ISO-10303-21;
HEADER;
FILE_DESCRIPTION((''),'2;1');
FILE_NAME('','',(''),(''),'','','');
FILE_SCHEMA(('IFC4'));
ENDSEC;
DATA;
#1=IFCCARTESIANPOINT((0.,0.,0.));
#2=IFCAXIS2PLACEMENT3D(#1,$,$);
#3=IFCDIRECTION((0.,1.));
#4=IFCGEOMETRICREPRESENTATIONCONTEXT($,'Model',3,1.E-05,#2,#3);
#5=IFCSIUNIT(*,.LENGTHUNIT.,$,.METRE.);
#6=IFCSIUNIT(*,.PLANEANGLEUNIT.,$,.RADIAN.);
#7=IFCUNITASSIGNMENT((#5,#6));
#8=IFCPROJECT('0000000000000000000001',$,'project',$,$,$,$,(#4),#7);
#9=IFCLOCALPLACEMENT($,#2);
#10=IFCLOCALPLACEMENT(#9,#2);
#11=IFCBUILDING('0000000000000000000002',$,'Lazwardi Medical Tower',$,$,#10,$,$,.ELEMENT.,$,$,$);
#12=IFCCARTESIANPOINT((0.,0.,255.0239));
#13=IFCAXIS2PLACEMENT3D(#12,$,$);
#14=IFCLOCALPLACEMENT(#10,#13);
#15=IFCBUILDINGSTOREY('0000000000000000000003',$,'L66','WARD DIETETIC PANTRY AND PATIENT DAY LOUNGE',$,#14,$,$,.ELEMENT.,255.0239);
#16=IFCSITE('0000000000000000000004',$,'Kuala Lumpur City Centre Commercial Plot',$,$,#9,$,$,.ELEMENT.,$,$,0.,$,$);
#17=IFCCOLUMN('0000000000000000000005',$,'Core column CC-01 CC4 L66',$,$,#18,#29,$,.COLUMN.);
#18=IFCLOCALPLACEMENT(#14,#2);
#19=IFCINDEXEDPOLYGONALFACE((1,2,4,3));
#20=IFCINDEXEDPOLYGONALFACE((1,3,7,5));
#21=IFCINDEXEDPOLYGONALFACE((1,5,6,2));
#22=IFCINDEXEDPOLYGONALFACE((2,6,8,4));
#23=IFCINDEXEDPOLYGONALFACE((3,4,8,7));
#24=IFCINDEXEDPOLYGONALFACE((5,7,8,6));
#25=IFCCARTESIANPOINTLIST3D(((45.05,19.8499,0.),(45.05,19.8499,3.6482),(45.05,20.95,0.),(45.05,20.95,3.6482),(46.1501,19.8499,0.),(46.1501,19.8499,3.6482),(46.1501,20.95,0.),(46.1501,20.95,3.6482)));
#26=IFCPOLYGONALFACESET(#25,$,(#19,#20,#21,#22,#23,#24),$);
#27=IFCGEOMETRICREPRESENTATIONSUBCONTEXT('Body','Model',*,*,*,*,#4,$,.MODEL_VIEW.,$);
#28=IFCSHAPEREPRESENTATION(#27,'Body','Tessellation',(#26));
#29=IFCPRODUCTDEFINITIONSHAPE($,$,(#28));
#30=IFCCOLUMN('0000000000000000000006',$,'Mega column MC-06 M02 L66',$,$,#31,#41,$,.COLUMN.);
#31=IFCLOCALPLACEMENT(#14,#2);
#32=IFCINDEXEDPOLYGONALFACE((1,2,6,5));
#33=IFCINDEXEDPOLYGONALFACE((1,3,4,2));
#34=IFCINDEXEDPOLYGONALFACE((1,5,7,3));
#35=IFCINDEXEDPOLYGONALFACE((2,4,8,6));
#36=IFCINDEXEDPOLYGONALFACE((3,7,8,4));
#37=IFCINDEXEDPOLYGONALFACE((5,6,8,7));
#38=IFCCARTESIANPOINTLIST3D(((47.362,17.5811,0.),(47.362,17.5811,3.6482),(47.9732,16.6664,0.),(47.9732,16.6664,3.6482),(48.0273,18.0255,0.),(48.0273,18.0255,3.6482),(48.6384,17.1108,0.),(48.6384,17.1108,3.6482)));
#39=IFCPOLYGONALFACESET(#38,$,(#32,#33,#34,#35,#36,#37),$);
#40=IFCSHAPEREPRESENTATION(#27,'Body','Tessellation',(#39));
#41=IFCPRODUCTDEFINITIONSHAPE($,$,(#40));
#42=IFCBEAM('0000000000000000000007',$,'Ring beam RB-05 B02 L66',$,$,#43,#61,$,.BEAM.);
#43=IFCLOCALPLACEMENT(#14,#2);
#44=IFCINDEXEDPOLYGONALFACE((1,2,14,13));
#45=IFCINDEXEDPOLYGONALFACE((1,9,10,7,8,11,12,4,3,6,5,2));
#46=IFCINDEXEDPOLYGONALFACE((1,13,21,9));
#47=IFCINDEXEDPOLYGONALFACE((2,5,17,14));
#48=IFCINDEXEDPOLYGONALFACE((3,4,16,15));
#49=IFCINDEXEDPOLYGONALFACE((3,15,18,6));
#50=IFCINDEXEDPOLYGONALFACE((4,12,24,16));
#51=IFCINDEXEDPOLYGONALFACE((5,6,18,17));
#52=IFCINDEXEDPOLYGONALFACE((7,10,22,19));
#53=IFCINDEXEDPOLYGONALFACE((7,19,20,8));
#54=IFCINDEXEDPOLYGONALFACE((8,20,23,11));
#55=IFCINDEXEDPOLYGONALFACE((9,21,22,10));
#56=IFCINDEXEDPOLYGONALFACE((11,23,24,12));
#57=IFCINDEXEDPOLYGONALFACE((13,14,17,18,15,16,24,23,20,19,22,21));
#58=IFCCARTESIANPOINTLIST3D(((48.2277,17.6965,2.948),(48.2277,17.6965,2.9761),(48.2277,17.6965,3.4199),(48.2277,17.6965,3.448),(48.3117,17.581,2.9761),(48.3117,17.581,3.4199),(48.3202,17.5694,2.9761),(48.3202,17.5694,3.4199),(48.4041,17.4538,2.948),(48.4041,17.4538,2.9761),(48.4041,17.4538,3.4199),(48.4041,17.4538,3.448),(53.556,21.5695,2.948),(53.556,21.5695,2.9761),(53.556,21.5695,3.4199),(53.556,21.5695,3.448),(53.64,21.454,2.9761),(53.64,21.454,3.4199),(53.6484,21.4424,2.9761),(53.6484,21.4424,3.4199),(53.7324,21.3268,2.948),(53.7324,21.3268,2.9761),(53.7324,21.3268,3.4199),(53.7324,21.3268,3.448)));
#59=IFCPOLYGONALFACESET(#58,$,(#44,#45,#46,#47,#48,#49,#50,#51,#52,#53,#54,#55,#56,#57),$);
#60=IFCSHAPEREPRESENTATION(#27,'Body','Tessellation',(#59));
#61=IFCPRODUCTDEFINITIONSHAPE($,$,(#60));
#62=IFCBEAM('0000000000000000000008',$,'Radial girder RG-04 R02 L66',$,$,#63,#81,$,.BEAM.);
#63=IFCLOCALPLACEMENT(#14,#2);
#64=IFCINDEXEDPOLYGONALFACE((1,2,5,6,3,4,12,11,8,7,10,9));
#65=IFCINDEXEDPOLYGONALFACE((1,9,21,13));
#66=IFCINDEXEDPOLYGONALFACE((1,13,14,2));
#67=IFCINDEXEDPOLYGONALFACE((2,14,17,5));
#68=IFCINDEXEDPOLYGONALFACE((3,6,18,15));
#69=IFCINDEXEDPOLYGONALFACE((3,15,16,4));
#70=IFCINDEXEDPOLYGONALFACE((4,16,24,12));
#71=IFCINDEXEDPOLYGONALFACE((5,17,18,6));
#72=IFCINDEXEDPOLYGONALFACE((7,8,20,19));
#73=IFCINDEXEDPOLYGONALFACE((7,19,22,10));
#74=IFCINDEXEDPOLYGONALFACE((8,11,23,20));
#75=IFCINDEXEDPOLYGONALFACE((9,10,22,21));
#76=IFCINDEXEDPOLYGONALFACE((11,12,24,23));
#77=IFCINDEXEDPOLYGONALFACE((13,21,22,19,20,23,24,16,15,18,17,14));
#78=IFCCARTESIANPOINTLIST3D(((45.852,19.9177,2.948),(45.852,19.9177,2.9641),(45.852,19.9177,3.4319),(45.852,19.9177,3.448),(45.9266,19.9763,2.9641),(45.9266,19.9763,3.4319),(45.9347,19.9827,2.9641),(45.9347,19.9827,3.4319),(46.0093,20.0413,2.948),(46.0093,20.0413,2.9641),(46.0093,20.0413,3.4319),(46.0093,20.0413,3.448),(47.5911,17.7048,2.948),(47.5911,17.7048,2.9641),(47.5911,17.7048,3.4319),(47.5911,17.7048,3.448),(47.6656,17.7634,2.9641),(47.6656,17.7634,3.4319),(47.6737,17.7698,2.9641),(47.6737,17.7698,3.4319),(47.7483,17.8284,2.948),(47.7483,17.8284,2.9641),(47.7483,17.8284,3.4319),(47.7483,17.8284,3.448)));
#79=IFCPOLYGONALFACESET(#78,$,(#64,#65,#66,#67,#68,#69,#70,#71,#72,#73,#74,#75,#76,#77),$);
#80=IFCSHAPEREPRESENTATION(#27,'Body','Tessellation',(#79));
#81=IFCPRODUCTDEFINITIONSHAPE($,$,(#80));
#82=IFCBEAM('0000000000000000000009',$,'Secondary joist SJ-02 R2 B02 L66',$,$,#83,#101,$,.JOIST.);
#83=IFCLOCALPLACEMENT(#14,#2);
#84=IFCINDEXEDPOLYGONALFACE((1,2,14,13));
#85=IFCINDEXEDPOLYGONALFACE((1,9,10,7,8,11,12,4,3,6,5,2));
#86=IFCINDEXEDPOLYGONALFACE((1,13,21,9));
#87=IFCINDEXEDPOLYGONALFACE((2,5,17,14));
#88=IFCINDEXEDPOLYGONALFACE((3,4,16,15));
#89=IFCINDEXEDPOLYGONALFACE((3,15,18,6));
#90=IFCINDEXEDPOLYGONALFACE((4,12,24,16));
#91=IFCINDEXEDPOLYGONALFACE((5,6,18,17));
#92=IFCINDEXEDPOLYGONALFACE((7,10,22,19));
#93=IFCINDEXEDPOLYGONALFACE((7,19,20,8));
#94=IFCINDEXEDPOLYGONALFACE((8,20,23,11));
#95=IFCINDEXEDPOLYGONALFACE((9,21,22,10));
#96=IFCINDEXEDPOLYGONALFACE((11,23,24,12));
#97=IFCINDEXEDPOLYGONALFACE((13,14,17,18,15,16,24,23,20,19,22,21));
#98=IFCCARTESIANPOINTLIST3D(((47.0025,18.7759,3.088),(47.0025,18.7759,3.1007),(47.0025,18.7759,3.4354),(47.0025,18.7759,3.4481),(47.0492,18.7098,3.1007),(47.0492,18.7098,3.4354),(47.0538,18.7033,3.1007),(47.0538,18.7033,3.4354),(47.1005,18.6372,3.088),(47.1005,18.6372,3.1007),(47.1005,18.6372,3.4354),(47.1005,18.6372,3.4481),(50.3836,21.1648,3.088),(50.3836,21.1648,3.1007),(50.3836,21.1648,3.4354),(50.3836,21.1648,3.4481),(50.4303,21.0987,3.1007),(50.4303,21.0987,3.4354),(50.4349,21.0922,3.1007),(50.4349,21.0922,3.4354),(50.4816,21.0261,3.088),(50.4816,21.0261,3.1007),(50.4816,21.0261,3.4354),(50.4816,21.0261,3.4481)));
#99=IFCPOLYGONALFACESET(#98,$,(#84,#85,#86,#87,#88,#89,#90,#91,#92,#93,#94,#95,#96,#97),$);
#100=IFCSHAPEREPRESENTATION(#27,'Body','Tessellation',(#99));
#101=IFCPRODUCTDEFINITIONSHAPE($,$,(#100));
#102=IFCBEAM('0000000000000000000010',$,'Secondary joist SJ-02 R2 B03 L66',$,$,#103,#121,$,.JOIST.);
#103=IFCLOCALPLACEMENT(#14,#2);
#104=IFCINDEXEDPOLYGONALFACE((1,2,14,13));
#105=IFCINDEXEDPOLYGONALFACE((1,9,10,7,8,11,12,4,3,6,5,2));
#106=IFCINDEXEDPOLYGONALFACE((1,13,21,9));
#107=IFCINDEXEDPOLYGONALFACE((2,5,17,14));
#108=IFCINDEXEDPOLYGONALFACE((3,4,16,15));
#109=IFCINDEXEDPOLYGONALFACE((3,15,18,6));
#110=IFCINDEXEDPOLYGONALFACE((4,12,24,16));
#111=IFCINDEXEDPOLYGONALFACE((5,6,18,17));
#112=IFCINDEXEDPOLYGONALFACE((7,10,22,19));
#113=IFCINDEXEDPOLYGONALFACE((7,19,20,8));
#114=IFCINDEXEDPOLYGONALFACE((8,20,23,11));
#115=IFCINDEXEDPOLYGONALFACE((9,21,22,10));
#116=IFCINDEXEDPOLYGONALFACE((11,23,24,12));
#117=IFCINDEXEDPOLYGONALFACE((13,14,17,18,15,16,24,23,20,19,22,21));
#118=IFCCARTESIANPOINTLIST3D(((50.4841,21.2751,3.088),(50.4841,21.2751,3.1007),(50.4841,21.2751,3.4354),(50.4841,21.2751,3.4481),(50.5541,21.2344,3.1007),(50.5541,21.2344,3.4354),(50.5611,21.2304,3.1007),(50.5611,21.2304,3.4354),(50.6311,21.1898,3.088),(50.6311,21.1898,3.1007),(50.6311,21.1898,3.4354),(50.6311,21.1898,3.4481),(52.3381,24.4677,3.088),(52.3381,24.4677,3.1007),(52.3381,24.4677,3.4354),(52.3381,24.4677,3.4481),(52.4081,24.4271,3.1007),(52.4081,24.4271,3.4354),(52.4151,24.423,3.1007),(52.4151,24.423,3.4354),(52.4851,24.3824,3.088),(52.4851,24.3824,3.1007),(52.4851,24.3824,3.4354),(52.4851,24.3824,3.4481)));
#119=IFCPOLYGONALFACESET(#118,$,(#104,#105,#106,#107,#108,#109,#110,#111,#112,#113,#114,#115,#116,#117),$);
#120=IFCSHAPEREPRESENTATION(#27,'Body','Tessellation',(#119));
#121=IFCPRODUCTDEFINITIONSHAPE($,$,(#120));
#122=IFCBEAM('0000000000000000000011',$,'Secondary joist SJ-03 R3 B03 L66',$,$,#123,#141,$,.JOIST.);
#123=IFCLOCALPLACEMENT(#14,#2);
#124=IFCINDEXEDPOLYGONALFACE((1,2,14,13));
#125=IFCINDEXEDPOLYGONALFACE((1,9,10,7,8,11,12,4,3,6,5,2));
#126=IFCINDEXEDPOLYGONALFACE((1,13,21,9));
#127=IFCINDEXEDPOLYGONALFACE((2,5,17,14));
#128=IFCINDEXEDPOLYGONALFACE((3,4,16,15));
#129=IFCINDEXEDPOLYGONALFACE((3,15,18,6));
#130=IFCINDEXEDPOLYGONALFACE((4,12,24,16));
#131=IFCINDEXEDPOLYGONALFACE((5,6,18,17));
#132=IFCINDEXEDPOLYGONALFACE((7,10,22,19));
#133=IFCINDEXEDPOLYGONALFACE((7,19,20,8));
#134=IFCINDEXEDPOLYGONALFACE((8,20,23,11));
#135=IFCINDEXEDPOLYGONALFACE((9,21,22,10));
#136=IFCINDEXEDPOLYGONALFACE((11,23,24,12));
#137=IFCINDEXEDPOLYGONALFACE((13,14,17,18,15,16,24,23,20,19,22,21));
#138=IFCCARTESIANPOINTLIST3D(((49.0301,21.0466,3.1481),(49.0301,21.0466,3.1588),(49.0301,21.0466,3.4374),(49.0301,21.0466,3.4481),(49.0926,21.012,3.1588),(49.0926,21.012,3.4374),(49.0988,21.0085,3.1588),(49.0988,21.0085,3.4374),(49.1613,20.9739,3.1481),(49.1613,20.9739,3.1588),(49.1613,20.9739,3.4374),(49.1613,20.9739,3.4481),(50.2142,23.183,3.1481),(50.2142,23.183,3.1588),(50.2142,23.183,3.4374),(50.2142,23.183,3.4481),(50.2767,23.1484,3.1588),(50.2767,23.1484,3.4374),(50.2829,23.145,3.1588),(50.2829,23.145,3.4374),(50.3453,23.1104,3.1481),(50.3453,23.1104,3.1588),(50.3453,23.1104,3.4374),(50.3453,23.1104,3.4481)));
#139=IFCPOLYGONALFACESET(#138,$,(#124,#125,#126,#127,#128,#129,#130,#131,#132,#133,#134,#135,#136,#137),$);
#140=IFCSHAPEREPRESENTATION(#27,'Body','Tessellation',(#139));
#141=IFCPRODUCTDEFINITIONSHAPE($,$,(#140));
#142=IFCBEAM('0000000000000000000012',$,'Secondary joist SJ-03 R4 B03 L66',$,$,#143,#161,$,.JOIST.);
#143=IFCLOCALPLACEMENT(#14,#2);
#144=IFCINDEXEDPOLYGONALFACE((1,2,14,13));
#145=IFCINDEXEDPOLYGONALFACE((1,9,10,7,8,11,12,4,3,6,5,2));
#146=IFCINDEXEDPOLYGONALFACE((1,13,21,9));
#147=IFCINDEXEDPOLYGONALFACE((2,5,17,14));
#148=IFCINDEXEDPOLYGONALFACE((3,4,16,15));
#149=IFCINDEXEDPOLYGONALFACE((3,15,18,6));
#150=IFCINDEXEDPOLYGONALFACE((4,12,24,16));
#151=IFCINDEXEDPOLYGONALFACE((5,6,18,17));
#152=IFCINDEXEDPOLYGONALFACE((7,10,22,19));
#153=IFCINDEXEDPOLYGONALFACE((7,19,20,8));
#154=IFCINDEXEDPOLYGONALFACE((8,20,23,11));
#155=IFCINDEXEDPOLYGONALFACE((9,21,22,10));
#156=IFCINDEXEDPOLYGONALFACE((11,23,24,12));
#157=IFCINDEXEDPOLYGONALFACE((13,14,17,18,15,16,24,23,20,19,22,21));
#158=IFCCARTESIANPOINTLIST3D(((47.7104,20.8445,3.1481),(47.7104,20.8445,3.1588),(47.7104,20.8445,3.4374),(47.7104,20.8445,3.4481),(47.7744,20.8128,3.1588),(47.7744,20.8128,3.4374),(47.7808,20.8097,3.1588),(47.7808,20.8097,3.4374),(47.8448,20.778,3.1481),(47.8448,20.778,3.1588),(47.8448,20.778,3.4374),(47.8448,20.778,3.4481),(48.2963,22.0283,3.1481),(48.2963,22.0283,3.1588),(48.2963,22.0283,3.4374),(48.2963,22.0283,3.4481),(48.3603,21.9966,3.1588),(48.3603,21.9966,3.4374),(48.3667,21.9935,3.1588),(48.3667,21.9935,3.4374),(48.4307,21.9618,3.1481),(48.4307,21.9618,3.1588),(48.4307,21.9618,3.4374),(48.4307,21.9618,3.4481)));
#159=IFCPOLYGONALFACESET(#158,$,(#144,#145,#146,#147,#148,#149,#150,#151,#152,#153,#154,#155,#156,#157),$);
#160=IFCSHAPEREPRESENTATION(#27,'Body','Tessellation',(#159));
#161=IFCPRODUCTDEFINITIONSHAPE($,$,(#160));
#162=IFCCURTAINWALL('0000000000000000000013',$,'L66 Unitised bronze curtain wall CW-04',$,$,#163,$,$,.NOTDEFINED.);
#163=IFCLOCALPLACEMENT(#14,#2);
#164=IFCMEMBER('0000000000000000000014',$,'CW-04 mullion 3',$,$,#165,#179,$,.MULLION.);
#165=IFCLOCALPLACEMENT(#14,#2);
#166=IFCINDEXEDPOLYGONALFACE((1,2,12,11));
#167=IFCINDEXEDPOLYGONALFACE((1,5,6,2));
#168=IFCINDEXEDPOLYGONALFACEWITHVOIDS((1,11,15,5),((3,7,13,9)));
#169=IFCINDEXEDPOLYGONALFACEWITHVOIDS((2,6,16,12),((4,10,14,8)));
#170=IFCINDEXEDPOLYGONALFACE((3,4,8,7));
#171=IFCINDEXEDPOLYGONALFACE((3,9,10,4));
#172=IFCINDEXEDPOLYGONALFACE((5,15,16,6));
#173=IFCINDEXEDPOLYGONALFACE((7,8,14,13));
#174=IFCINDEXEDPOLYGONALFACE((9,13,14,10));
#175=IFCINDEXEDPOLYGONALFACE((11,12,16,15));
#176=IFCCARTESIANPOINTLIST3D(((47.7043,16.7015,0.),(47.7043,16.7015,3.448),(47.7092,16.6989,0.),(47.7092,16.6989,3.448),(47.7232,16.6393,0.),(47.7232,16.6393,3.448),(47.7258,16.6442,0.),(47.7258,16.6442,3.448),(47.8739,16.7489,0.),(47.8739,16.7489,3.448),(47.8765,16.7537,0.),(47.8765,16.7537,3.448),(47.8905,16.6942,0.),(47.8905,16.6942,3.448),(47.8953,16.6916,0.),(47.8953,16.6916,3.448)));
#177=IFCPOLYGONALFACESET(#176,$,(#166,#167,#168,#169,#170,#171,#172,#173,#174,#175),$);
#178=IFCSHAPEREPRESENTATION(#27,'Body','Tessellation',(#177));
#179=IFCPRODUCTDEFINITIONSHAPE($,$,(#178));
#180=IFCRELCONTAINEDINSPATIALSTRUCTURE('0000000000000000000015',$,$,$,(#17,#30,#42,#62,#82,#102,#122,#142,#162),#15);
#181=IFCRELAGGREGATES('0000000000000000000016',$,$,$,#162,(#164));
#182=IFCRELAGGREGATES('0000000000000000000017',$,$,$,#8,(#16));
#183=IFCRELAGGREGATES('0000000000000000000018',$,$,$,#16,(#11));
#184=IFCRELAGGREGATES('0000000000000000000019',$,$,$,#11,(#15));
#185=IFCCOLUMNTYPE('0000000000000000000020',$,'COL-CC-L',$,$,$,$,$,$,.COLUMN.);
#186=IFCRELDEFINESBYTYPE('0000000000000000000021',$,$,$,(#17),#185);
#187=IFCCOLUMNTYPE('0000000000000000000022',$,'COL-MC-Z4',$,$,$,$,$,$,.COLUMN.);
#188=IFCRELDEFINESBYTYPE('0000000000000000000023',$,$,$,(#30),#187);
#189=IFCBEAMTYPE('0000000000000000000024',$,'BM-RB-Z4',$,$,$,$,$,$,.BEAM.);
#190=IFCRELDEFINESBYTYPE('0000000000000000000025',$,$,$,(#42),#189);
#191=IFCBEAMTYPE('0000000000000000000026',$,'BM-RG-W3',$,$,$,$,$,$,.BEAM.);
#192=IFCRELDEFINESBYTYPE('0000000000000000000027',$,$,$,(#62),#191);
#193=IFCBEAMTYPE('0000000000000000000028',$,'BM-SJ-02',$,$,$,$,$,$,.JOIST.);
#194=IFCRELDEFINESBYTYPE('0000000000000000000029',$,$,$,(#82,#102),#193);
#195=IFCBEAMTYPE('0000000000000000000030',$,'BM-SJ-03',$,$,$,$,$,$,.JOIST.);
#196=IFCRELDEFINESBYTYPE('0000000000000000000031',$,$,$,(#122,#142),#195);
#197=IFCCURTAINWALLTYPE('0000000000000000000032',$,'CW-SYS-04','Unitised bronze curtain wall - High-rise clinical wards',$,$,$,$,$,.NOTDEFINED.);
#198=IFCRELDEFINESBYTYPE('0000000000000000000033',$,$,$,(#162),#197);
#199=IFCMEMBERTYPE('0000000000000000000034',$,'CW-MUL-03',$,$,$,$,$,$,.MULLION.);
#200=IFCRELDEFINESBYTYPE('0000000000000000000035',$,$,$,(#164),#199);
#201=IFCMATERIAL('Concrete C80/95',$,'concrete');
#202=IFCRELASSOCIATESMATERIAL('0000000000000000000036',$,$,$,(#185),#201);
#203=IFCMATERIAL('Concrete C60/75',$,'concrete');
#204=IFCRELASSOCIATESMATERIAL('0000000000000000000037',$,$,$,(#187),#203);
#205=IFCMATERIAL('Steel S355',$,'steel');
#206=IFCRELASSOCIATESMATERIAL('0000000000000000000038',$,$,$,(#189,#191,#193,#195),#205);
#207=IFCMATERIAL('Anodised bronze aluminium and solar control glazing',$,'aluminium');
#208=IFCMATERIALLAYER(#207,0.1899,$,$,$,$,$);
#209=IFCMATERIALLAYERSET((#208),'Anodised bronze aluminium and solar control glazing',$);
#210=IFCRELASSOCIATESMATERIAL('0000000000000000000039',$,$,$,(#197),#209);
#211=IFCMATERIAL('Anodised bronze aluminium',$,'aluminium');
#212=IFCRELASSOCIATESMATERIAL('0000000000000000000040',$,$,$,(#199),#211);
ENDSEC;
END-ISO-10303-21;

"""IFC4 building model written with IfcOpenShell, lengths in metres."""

from ifc_helpers import new_model, si_unit, direction, frame, origin, origin_2d, place, context, subcontext, project, spatial, rectangle, hollow_rectangle, i_section, extrude, material, layer, layer_set, material_profile, profile_set, type_object, element, aggregate, save


model = new_model("IFC4")

# Units and contexts
model_context = context("Model", 3, precision=1e-05, world=origin(), true_north=direction((0.0, 1.0)))
body_context = subcontext(model_context, "Body", "Model", "MODEL_VIEW")
ifc_project = project(units=[si_unit("LENGTHUNIT", "METRE"), si_unit("PLANEANGLEUNIT", "RADIAN")], contexts=[model_context])

# Site, building, storey
site_placement = place(None, origin())
site = spatial("IfcSite", under=ifc_project, at=site_placement, Name="Kuala Lumpur City Centre Commercial Plot", CompositionType="ELEMENT", RefElevation=0.0)
building_placement = place(site_placement, origin())
building = spatial("IfcBuilding", under=site, at=building_placement, Name="Lazwardi Medical Tower", CompositionType="ELEMENT")
storey_placement = place(building_placement, frame((0.0, 0.0, 255.0239)))
storey = spatial("IfcBuildingStorey", under=building, at=storey_placement, Name="L66", Description="WARD DIETETIC PANTRY AND PATIENT DAY LOUNGE", CompositionType="ELEMENT", Elevation=255.0239)

# Columns
ifc_material_1 = material(Name="Concrete C80/95", Category="concrete")
ifc_material_profile_1 = material_profile(ifc_material_1, rectangle(XDim=1.1001, YDim=1.1001, at=origin_2d()), Name="RC 1100x1100")
ifc_profile_set_1 = profile_set([ifc_material_profile_1], Name="Concrete C80/95")
column_type_1 = type_object("IfcColumnType", Name="COL-CC-L", PredefinedType="COLUMN", material=ifc_profile_set_1)
column_1_placement = place(storey_placement, frame((45.6001, 20.3999, 0.0), z_axis=(0.0, 0.0, 1.0), x_axis=(1.0, 0.0, 0.0)))
element("IfcColumn", 1, at=column_1_placement, inside=storey, type_object=column_type_1, Name="Core column CC-01 CC4 L66", PredefinedType="COLUMN", context=body_context, shape_type="SweptSolid", body=[
    extrude(rectangle(XDim=1.1001, YDim=1.1001, at=origin_2d()), origin(), (0.0, 0.0, 1.0), 3.6482),
])
ifc_material_2 = material(Name="Concrete C60/75", Category="concrete")
ifc_material_profile_2 = material_profile(ifc_material_2, rectangle(XDim=1.1001, YDim=0.8, at=origin_2d()), Name="CFT-RECT 1100x800")
ifc_profile_set_2 = profile_set([ifc_material_profile_2], Name="Concrete C60/75")
column_type_2 = type_object("IfcColumnType", Name="COL-MC-Z4", PredefinedType="COLUMN", material=ifc_profile_set_2)
column_2_placement = place(storey_placement, frame((48.0002, 17.3459, 0.0), z_axis=(0.0, 0.0, 1.0), x_axis=(0.55557, -0.83147, 0.0)))
element("IfcColumn", 2, at=column_2_placement, inside=storey, type_object=column_type_2, Name="Mega column MC-06 M02 L66", PredefinedType="COLUMN", context=body_context, shape_type="SweptSolid", body=[
    extrude(rectangle(XDim=1.1001, YDim=0.8, at=origin_2d()), origin(), (0.0, 0.0, 1.0), 3.6482),
])

# Beams
ifc_material_3 = material(Name="Steel S355", Category="steel")
ifc_material_profile_3 = material_profile(ifc_material_3, i_section(OverallWidth=0.3, OverallDepth=0.5, WebThickness=0.0144, FlangeThickness=0.0281, at=origin_2d()), Name="HEB 500")
ifc_profile_set_3 = profile_set([ifc_material_profile_3], Name="Steel S355")
beam_type_1 = type_object("IfcBeamType", Name="BM-RB-Z4", PredefinedType="BEAM", material=ifc_profile_set_3)
beam_1_placement = place(storey_placement, frame((48.3159, 17.5752, 3.198), z_axis=(0.80889, 0.58796, 0.0), x_axis=(-0.58796, 0.80889, 0.0)))
element("IfcBeam", 3, at=beam_1_placement, inside=storey, type_object=beam_type_1, Name="Ring beam RB-05 B02 L66", PredefinedType="BEAM", context=body_context, shape_type="SweptSolid", body=[
    extrude(i_section(OverallWidth=0.3, OverallDepth=0.5, WebThickness=0.0144, FlangeThickness=0.0281, at=origin_2d()), origin(), (0.0, 0.0, 1.0), 6.5872),
])
ifc_material_profile_4 = material_profile(ifc_material_3, i_section(OverallWidth=0.2, OverallDepth=0.5, WebThickness=0.0103, FlangeThickness=0.0161, at=origin_2d()), Name="IPE 500")
ifc_profile_set_4 = profile_set([ifc_material_profile_4], Name="Steel S355")
beam_type_2 = type_object("IfcBeamType", Name="BM-RG-W3", PredefinedType="BEAM", material=ifc_profile_set_4)
beam_2_placement = place(storey_placement, frame((47.6697, 17.7666, 3.198), z_axis=(-0.617891, 0.786264, 0.0), x_axis=(-0.786264, -0.617891, 0.0)))
element("IfcBeam", 4, at=beam_2_placement, inside=storey, type_object=beam_type_2, Name="Radial girder RG-04 R02 L66", PredefinedType="BEAM", context=body_context, shape_type="SweptSolid", body=[
    extrude(i_section(OverallWidth=0.2, OverallDepth=0.5, WebThickness=0.0103, FlangeThickness=0.0161, at=origin_2d()), origin(), (0.0, 0.0, 1.0), 2.8145),
])
ifc_material_profile_5 = material_profile(ifc_material_3, i_section(OverallWidth=0.1699, OverallDepth=0.3601, WebThickness=0.0081, FlangeThickness=0.0127, at=origin_2d()), Name="IPE 360")
ifc_profile_set_5 = profile_set([ifc_material_profile_5], Name="Steel S355")
beam_type_3 = type_object("IfcBeamType", Name="BM-SJ-02", PredefinedType="JOIST", material=ifc_profile_set_5)
beam_3_placement = place(storey_placement, frame((47.0515, 18.7065, 3.2681), z_axis=(0.816711, 0.577047, 0.0), x_axis=(-0.577047, 0.816711, 0.0)))
element("IfcBeam", 5, at=beam_3_placement, inside=storey, type_object=beam_type_3, Name="Secondary joist SJ-02 R2 B02 L66", PredefinedType="JOIST", context=body_context, shape_type="SweptSolid", body=[
    extrude(i_section(OverallWidth=0.1699, OverallDepth=0.3601, WebThickness=0.0081, FlangeThickness=0.0127, at=origin_2d()), origin(), (0.0, 0.0, 1.0), 4.1399),
])
beam_4_placement = place(storey_placement, frame((50.5576, 21.2324, 3.2681), z_axis=(0.50218, 0.864763, 0.0), x_axis=(-0.864763, 0.50218, 0.0)))
element("IfcBeam", 6, at=beam_4_placement, inside=storey, type_object=beam_type_3, Name="Secondary joist SJ-02 R2 B03 L66", PredefinedType="JOIST", context=body_context, shape_type="SweptSolid", body=[
    extrude(i_section(OverallWidth=0.1699, OverallDepth=0.3601, WebThickness=0.0081, FlangeThickness=0.0127, at=origin_2d()), origin(), (0.0, 0.0, 1.0), 3.6919),
])
ifc_material_profile_6 = material_profile(ifc_material_3, i_section(OverallWidth=0.1499, OverallDepth=0.3, WebThickness=0.0071, FlangeThickness=0.0107, at=origin_2d()), Name="IPE 300")
ifc_profile_set_6 = profile_set([ifc_material_profile_6], Name="Steel S355")
beam_type_4 = type_object("IfcBeamType", Name="BM-SJ-03", PredefinedType="JOIST", material=ifc_profile_set_6)
beam_5_placement = place(storey_placement, frame((49.0957, 21.0103, 3.2981), z_axis=(0.484752, 0.874652, 0.0), x_axis=(-0.874652, 0.484752, 0.0)))
element("IfcBeam", 7, at=beam_5_placement, inside=storey, type_object=beam_type_4, Name="Secondary joist SJ-03 R3 B03 L66", PredefinedType="JOIST", context=body_context, shape_type="SweptSolid", body=[
    extrude(i_section(OverallWidth=0.1499, OverallDepth=0.3, WebThickness=0.0071, FlangeThickness=0.0107, at=origin_2d()), origin(), (0.0, 0.0, 1.0), 2.4426),
])
beam_6_placement = place(storey_placement, frame((47.7776, 20.8113, 3.2981), z_axis=(0.443587, 0.896231, 0.0), x_axis=(-0.896231, 0.443587, 0.0)))
element("IfcBeam", 8, at=beam_6_placement, inside=storey, type_object=beam_type_4, Name="Secondary joist SJ-03 R4 B03 L66", PredefinedType="JOIST", context=body_context, shape_type="SweptSolid", body=[
    extrude(i_section(OverallWidth=0.1499, OverallDepth=0.3, WebThickness=0.0071, FlangeThickness=0.0107, at=origin_2d()), origin(), (0.0, 0.0, 1.0), 1.3208),
])

# Curtain wall, member
ifc_material_4 = material(Name="Anodised bronze aluminium and solar control glazing", Category="aluminium")
ifc_layer_1 = layer(ifc_material_4, 0.1899)
ifc_layer_set_1 = layer_set([ifc_layer_1], Name="Anodised bronze aluminium and solar control glazing")
curtain_wall_type = type_object("IfcCurtainWallType", Name="CW-SYS-04", Description="Unitised bronze curtain wall - High-rise clinical wards", PredefinedType="NOTDEFINED", material=ifc_layer_set_1)
curtain_wall_1_placement = place(storey_placement, origin())
curtain_wall_1 = element("IfcCurtainWall", 9, at=curtain_wall_1_placement, inside=storey, type_object=curtain_wall_type, Name="L66 Unitised bronze curtain wall CW-04", PredefinedType="NOTDEFINED")
ifc_material_5 = material(Name="Anodised bronze aluminium", Category="aluminium")
ifc_material_profile_7 = material_profile(ifc_material_5, hollow_rectangle(XDim=0.0649, YDim=0.1799, WallThickness=0.0039, at=origin_2d()), Name="ALU-MULLION 180x65x4")
ifc_profile_set_7 = profile_set([ifc_material_profile_7], Name="Anodised bronze aluminium")
member_type_1 = type_object("IfcMemberType", Name="CW-MUL-03", PredefinedType="MULLION", material=ifc_profile_set_7)
member_1_placement = place(storey_placement, frame((47.7998, 16.6965, 0.0), z_axis=(0.0, 0.0, 1.0), x_axis=(-0.290582, 0.95685, 0.0)))
member_1 = element("IfcMember", 10, at=member_1_placement, type_object=member_type_1, Name="CW-04 mullion 3", PredefinedType="MULLION", context=body_context, shape_type="SweptSolid", body=[
    extrude(hollow_rectangle(XDim=0.0649, YDim=0.1799, WallThickness=0.0039, at=origin_2d()), origin(), (0.0, 0.0, 1.0), 3.448),
])

aggregate(curtain_wall_1, [member_1])

save(model, "model.ifc")
